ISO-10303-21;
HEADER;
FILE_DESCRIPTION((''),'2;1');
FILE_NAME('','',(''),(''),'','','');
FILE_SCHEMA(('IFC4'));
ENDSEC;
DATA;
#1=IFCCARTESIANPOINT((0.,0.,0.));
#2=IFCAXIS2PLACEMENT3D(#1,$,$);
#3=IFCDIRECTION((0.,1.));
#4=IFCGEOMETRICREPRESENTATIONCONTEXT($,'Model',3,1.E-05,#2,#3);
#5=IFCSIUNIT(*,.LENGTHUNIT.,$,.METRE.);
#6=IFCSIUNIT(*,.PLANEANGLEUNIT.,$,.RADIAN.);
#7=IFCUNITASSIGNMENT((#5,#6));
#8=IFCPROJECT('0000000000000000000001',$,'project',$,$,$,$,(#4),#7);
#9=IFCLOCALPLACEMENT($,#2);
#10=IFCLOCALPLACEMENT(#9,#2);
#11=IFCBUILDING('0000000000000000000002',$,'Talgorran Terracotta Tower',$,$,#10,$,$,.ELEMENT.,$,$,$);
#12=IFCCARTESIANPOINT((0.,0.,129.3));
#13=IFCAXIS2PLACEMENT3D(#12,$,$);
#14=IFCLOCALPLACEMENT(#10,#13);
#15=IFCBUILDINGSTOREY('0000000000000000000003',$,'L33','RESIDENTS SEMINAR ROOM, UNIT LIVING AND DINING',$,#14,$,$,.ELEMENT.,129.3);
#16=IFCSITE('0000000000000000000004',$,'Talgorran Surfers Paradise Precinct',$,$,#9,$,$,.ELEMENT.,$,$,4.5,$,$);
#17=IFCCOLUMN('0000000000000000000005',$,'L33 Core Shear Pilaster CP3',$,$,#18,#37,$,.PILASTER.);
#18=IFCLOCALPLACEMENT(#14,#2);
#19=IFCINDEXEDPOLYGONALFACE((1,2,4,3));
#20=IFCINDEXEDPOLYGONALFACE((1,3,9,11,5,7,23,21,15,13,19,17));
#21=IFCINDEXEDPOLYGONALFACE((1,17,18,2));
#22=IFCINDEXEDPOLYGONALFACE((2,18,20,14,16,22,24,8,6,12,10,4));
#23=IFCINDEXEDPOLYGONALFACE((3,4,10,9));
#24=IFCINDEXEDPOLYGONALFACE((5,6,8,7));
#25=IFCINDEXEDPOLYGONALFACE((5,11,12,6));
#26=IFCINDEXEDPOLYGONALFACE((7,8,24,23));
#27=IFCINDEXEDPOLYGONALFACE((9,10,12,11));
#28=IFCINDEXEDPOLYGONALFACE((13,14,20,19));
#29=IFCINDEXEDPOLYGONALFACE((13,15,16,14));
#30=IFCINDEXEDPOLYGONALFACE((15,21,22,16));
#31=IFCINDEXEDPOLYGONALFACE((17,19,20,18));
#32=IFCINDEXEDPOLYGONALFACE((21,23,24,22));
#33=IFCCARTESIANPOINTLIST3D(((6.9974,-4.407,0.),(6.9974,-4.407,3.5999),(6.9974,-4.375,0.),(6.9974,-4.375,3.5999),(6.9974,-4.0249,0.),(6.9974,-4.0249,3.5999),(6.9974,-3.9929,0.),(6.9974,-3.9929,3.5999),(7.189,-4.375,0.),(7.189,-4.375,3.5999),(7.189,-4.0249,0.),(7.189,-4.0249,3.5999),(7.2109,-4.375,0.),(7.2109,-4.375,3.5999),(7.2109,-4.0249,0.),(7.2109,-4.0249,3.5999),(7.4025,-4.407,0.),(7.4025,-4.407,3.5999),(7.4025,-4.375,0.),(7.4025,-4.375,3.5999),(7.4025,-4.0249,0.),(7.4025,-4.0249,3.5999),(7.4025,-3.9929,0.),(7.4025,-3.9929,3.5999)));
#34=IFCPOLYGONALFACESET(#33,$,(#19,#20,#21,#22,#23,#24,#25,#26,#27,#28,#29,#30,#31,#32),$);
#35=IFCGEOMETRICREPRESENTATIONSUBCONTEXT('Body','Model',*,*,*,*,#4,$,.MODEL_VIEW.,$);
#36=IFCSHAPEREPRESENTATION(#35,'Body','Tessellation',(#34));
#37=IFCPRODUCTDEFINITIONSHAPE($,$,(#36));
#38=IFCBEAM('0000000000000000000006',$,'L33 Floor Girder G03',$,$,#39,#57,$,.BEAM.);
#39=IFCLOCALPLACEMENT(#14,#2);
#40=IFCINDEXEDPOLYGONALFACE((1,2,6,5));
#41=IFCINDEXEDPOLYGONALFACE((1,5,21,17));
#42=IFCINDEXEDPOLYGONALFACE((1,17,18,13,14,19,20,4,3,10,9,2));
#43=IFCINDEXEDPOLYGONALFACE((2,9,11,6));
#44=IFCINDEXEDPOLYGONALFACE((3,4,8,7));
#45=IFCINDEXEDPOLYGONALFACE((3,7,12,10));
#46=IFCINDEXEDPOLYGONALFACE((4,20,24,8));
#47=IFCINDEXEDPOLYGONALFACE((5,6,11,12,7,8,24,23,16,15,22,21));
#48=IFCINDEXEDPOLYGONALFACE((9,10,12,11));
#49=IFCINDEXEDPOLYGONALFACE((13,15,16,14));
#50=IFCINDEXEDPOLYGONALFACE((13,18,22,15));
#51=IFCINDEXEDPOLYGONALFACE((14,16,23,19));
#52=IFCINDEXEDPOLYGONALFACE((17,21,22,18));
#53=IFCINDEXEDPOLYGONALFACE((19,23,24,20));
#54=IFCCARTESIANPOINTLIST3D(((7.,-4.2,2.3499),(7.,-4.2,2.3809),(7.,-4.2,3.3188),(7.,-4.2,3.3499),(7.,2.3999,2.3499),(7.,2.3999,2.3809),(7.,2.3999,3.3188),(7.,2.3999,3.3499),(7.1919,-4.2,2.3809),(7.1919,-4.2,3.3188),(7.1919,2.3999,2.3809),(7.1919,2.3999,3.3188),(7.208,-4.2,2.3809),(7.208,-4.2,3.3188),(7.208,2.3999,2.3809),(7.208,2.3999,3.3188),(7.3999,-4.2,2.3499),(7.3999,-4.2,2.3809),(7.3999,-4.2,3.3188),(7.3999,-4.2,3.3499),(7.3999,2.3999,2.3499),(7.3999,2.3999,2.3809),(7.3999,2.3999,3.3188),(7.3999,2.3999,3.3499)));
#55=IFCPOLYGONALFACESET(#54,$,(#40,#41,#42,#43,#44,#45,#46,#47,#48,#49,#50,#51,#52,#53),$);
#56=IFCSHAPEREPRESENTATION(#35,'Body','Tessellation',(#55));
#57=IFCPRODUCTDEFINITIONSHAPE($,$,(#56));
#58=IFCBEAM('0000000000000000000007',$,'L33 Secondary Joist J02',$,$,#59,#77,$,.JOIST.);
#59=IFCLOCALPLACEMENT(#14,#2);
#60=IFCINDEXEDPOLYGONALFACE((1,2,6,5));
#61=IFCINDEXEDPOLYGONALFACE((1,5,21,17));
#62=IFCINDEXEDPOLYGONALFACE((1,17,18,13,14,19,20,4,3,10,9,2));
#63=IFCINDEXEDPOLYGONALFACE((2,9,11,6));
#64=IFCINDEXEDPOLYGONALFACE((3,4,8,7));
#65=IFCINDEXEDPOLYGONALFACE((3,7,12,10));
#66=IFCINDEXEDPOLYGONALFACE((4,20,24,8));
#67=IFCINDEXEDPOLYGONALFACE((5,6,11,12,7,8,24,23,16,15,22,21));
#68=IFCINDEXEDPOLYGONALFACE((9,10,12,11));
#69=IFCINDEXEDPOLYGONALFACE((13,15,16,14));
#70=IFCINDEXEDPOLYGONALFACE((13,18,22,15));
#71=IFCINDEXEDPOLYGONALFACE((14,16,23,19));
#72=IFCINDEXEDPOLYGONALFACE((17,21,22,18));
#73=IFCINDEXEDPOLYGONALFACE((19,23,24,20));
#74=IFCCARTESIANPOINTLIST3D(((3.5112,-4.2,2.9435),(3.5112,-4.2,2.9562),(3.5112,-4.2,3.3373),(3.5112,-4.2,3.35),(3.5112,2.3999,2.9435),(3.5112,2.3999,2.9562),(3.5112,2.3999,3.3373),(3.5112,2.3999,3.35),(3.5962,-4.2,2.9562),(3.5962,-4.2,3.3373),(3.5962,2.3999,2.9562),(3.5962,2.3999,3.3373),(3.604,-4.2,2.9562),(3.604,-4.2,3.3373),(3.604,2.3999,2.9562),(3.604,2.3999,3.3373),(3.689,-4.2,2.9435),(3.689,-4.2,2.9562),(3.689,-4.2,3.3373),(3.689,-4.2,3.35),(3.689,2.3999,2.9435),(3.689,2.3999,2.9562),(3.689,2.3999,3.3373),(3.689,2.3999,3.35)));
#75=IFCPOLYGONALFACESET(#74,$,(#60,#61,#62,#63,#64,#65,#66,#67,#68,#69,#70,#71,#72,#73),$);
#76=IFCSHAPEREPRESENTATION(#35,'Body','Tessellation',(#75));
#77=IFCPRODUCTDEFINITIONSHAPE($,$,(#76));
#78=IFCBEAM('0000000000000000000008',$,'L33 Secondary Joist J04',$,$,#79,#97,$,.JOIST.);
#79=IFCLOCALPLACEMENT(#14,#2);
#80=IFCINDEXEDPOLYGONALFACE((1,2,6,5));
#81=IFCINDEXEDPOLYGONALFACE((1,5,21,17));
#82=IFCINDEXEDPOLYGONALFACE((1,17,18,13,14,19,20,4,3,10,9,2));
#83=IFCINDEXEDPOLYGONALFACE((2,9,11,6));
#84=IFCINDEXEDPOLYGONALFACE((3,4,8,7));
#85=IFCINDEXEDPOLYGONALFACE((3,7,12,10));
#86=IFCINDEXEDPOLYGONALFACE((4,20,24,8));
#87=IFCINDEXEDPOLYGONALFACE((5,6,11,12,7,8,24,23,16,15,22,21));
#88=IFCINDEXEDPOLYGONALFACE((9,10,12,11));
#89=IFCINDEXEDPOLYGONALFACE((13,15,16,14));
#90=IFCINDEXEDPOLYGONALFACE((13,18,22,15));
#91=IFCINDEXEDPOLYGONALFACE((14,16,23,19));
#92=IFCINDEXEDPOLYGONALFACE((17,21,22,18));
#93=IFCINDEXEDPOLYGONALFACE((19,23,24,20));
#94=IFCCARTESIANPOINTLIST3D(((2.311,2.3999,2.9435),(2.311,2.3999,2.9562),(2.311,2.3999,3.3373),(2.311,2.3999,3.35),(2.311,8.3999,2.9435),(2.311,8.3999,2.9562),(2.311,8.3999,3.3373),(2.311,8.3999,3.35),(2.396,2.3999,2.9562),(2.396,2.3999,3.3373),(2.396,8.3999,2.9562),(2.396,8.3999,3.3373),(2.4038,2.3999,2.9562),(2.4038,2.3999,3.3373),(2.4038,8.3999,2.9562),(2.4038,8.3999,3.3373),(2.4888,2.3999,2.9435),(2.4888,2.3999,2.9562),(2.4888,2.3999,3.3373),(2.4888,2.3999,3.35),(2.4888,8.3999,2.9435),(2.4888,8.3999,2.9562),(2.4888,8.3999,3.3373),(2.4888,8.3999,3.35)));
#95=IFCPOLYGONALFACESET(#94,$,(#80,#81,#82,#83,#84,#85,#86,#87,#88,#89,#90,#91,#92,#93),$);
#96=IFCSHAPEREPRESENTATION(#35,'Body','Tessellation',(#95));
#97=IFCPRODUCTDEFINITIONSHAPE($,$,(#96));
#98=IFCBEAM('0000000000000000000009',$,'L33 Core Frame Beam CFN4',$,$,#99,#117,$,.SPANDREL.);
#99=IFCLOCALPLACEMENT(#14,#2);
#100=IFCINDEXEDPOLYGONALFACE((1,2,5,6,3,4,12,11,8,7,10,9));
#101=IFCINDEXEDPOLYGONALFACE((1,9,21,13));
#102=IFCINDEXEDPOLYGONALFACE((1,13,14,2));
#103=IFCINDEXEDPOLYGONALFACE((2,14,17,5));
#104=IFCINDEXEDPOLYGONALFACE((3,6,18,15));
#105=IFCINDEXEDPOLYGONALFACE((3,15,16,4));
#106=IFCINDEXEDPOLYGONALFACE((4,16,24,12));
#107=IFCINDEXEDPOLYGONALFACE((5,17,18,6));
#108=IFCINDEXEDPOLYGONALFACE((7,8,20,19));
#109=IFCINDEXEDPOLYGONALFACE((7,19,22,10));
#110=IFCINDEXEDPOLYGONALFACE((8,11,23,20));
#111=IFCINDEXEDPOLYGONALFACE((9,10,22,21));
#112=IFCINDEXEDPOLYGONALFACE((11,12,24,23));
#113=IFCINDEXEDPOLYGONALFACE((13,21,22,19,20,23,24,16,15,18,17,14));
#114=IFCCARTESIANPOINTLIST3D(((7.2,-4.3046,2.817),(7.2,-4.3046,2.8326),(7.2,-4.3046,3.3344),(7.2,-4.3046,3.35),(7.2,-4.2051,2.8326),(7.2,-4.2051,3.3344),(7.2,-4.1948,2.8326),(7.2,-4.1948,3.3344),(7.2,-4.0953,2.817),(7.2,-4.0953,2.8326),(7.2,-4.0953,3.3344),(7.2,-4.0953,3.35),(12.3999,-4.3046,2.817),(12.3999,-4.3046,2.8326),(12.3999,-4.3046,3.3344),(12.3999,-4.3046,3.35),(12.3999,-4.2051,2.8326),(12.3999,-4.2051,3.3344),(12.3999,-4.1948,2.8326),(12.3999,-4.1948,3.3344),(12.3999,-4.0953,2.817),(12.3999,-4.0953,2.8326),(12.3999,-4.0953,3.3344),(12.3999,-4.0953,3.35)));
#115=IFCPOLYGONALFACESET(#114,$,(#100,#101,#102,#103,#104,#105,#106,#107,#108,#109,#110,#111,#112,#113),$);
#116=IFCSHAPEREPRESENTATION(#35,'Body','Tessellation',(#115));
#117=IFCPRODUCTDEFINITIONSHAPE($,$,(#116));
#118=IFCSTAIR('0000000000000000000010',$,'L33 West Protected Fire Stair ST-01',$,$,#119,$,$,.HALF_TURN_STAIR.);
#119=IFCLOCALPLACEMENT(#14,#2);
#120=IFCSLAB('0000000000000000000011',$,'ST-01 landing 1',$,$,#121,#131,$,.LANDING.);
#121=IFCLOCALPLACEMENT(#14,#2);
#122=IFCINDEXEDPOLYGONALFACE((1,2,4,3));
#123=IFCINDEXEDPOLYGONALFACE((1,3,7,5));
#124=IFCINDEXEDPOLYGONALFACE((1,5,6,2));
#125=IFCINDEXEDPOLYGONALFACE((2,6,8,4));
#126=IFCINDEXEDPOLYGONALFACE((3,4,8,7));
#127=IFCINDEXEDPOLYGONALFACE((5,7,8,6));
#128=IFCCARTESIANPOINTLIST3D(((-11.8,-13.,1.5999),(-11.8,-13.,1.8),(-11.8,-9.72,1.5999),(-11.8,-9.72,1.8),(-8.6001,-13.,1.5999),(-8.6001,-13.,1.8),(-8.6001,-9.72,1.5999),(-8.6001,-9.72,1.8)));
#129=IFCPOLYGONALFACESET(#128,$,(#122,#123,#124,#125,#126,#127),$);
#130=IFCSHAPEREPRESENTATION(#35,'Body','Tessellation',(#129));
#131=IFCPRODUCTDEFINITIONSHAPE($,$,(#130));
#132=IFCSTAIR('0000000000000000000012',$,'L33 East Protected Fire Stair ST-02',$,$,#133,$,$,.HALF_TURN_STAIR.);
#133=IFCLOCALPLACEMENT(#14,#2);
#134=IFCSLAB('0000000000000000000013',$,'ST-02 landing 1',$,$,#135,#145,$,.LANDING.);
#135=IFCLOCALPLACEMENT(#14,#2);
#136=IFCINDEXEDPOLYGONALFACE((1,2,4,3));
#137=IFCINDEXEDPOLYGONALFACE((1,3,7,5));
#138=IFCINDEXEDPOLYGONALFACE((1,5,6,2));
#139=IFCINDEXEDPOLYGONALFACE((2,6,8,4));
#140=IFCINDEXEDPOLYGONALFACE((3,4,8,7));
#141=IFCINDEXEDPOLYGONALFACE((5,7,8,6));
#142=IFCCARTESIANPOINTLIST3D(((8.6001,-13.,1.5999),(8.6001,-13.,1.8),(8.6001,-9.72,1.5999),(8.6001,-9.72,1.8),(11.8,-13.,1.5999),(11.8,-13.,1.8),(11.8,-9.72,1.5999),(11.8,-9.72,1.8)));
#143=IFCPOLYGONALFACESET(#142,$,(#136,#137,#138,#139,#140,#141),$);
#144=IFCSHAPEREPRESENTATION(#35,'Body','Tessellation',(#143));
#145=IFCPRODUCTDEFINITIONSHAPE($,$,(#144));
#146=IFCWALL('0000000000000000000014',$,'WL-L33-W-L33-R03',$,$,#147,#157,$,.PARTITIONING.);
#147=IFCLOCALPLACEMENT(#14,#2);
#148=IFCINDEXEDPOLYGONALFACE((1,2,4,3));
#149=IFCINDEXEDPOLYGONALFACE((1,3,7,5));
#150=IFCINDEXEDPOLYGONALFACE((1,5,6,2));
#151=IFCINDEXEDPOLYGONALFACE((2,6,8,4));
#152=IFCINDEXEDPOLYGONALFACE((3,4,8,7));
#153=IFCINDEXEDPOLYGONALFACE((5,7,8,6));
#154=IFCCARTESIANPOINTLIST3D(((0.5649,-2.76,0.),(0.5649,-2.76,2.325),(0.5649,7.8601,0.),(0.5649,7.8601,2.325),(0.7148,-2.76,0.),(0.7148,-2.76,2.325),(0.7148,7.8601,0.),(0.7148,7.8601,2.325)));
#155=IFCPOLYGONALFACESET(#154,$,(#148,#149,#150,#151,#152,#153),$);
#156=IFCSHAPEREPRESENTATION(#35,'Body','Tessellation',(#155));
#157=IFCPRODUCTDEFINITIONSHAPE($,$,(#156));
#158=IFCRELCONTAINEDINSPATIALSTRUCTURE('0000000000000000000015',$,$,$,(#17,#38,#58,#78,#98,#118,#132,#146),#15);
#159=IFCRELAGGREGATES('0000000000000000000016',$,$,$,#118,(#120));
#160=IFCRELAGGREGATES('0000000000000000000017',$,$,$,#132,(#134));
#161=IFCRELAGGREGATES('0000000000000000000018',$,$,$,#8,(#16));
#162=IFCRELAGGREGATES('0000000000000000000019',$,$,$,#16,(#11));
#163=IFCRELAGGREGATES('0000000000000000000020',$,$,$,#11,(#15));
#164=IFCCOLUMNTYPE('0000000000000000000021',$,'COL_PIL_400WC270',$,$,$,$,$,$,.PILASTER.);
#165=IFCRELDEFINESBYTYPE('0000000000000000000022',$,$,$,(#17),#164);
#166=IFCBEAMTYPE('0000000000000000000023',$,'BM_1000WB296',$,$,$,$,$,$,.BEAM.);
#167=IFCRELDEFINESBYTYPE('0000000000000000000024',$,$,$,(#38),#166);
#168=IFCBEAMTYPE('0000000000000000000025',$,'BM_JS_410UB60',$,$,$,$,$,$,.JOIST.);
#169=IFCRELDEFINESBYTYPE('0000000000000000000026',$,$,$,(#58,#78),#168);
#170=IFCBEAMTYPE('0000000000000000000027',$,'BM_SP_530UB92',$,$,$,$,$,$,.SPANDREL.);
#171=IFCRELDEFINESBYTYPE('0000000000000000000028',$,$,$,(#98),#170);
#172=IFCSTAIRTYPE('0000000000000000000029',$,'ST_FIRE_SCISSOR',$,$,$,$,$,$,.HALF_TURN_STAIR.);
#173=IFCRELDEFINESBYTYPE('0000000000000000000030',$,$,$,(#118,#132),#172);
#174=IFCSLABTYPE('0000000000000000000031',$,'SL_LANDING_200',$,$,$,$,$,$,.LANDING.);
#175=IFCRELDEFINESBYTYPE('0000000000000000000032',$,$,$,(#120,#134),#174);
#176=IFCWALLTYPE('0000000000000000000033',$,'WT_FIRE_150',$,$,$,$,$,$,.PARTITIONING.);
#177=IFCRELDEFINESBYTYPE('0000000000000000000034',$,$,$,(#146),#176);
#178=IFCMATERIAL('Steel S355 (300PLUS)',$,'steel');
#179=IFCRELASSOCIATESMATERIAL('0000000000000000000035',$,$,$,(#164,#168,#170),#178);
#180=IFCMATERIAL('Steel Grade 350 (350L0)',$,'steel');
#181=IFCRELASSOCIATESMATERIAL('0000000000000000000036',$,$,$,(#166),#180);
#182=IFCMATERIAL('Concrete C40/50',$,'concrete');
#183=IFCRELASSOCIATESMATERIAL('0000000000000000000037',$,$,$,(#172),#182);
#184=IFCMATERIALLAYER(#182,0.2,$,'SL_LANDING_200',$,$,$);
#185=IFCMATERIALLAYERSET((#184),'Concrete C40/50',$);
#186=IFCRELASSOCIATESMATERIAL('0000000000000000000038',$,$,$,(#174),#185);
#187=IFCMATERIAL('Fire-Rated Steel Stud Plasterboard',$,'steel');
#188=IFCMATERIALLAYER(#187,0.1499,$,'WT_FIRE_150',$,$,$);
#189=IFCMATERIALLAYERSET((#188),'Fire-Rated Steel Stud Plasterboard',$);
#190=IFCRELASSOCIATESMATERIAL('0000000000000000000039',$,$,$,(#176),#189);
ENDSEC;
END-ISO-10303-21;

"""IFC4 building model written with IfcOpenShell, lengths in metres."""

from ifc_helpers import new_model, si_unit, direction, frame, frame_2d, origin, origin_2d, place, context, subcontext, project, spatial, polyline, rectangle, i_section, outline, extrude, material, layer, layer_set, material_profile, profile_set, type_object, element, aggregate, save


model = new_model("IFC4")

# Units and contexts
model_context = context("Model", 3, precision=1e-05, world=origin(), true_north=direction((0.0, 1.0)))
body_context = subcontext(model_context, "Body", "Model", "MODEL_VIEW")
ifc_project = project(units=[si_unit("LENGTHUNIT", "METRE"), si_unit("PLANEANGLEUNIT", "RADIAN")], contexts=[model_context])

# Site, building, storey
site_placement = place(None, origin())
site = spatial("IfcSite", under=ifc_project, at=site_placement, Name="Talgorran Surfers Paradise Precinct", CompositionType="ELEMENT", RefElevation=4.5)
building_placement = place(site_placement, origin())
building = spatial("IfcBuilding", under=site, at=building_placement, Name="Talgorran Terracotta Tower", CompositionType="ELEMENT")
storey_placement = place(building_placement, frame((0.0, 0.0, 129.3)))
storey = spatial("IfcBuildingStorey", under=building, at=storey_placement, Name="L33", Description="RESIDENTS SEMINAR ROOM, UNIT LIVING AND DINING", CompositionType="ELEMENT", Elevation=129.3)

# Column
ifc_material_1 = material(Name="Steel S355 (300PLUS)", Category="steel")
ifc_material_profile_1 = material_profile(ifc_material_1, i_section(OverallWidth=0.405, OverallDepth=0.4141, WebThickness=0.022, FlangeThickness=0.032, at=origin_2d()), Name="400WC270")
ifc_profile_set_1 = profile_set([ifc_material_profile_1], Name="Steel S355 (300PLUS)")
column_type = type_object("IfcColumnType", Name="COL_PIL_400WC270", PredefinedType="PILASTER", material=ifc_profile_set_1)
column_placement = place(storey_placement, frame((7.2, -4.2, 0.0), z_axis=(0.0, 0.0, 1.0), x_axis=(1.0, 0.0, 0.0)))
element("IfcColumn", 1, at=column_placement, inside=storey, type_object=column_type, Name="L33 Core Shear Pilaster CP3", PredefinedType="PILASTER", context=body_context, shape_type="SweptSolid", body=[
    extrude(i_section(OverallWidth=0.405, OverallDepth=0.4141, WebThickness=0.022, FlangeThickness=0.032, at=origin_2d()), origin(), (0.0, 0.0, 1.0), 3.5999),
])

# Beams
ifc_material_2 = material(Name="Steel Grade 350 (350L0)", Category="steel")
ifc_material_profile_2 = material_profile(ifc_material_2, i_section(OverallWidth=0.3999, OverallDepth=1.0, WebThickness=0.0161, FlangeThickness=0.031, at=origin_2d()), Name="1000WB296")
ifc_profile_set_2 = profile_set([ifc_material_profile_2], Name="Steel Grade 350 (350L0)")
beam_type_1 = type_object("IfcBeamType", Name="BM_1000WB296", PredefinedType="BEAM", material=ifc_profile_set_2)
beam_1_placement = place(storey_placement, frame((7.2, -4.2, 2.8499), z_axis=(0.0, 1.0, 0.0), x_axis=(-1.0, 0.0, 0.0)))
element("IfcBeam", 2, at=beam_1_placement, inside=storey, type_object=beam_type_1, Name="L33 Floor Girder G03", PredefinedType="BEAM", context=body_context, shape_type="SweptSolid", body=[
    extrude(i_section(OverallWidth=0.3999, OverallDepth=1.0, WebThickness=0.0161, FlangeThickness=0.031, at=origin_2d()), origin(), (0.0, 0.0, 1.0), 6.5999),
])
ifc_material_profile_3 = material_profile(ifc_material_1, i_section(OverallWidth=0.1777, OverallDepth=0.4065, WebThickness=0.0078, FlangeThickness=0.0127, at=origin_2d()), Name="410UB59.7")
ifc_profile_set_3 = profile_set([ifc_material_profile_3], Name="Steel S355 (300PLUS)")
beam_type_2 = type_object("IfcBeamType", Name="BM_JS_410UB60", PredefinedType="JOIST", material=ifc_profile_set_3)
beam_2_placement = place(storey_placement, frame((3.6001, -4.2, 3.1467), z_axis=(0.0, 1.0, 0.0), x_axis=(-1.0, 0.0, 0.0)))
element("IfcBeam", 3, at=beam_2_placement, inside=storey, type_object=beam_type_2, Name="L33 Secondary Joist J02", PredefinedType="JOIST", context=body_context, shape_type="SweptSolid", body=[
    extrude(i_section(OverallWidth=0.1777, OverallDepth=0.4065, WebThickness=0.0078, FlangeThickness=0.0127, at=origin_2d()), origin(), (0.0, 0.0, 1.0), 6.5999),
])
beam_3_placement = place(storey_placement, frame((2.3999, 2.3999, 3.1467), z_axis=(0.0, 1.0, 0.0), x_axis=(-1.0, 0.0, 0.0)))
element("IfcBeam", 4, at=beam_3_placement, inside=storey, type_object=beam_type_2, Name="L33 Secondary Joist J04", PredefinedType="JOIST", context=body_context, shape_type="SweptSolid", body=[
    extrude(i_section(OverallWidth=0.1777, OverallDepth=0.4065, WebThickness=0.0078, FlangeThickness=0.0127, at=origin_2d()), origin(), (0.0, 0.0, 1.0), 6.0),
])
ifc_material_profile_4 = material_profile(ifc_material_1, i_section(OverallWidth=0.2092, OverallDepth=0.533, WebThickness=0.0103, FlangeThickness=0.0156, at=origin_2d()), Name="530UB92.4")
ifc_profile_set_4 = profile_set([ifc_material_profile_4], Name="Steel S355 (300PLUS)")
beam_type_3 = type_object("IfcBeamType", Name="BM_SP_530UB92", PredefinedType="SPANDREL", material=ifc_profile_set_4)
beam_4_placement = place(storey_placement, frame((7.2, -4.2, 3.0835), z_axis=(1.0, 0.0, 0.0), x_axis=(0.0, 1.0, 0.0)))
element("IfcBeam", 5, at=beam_4_placement, inside=storey, type_object=beam_type_3, Name="L33 Core Frame Beam CFN4", PredefinedType="SPANDREL", context=body_context, shape_type="SweptSolid", body=[
    extrude(i_section(OverallWidth=0.2092, OverallDepth=0.533, WebThickness=0.0103, FlangeThickness=0.0156, at=origin_2d()), origin(), (0.0, 0.0, 1.0), 5.2),
])

# Stairs, slabs
ifc_material_3 = material(Name="Concrete C40/50", Category="concrete")
stair_type = type_object("IfcStairType", Name="ST_FIRE_SCISSOR", PredefinedType="HALF_TURN_STAIR", material=ifc_material_3)
stair_1_placement = place(storey_placement, origin())
stair_1 = element("IfcStair", 6, at=stair_1_placement, inside=storey, type_object=stair_type, Name="L33 West Protected Fire Stair ST-01", PredefinedType="HALF_TURN_STAIR")
ifc_layer_1 = layer(ifc_material_3, 0.2, Name="SL_LANDING_200")
ifc_layer_set_1 = layer_set([ifc_layer_1], Name="Concrete C40/50")
slab_type = type_object("IfcSlabType", Name="SL_LANDING_200", PredefinedType="LANDING", material=ifc_layer_set_1)
slab_1_placement = place(storey_placement, frame((0.0, 0.0, 1.5999)))
slab_1 = element("IfcSlab", 7, at=slab_1_placement, type_object=slab_type, Name="ST-01 landing 1", PredefinedType="LANDING", context=body_context, shape_type="SweptSolid", body=[
    extrude(outline(polyline([(-11.8, -9.72), (-11.8, -13.0), (-8.6001, -13.0), (-8.6001, -9.72), (-11.8, -9.72)])), origin(), (0.0, 0.0, 1.0), 0.2002),
])
aggregate(stair_1, [slab_1])
stair_2_placement = place(storey_placement, origin())
stair_2 = element("IfcStair", 8, at=stair_2_placement, inside=storey, type_object=stair_type, Name="L33 East Protected Fire Stair ST-02", PredefinedType="HALF_TURN_STAIR")
slab_2_placement = place(storey_placement, frame((0.0, 0.0, 1.5999)))
slab_2 = element("IfcSlab", 9, at=slab_2_placement, type_object=slab_type, Name="ST-02 landing 1", PredefinedType="LANDING", context=body_context, shape_type="SweptSolid", body=[
    extrude(outline(polyline([(8.6001, -9.72), (8.6001, -13.0), (11.8, -13.0), (11.8, -9.72), (8.6001, -9.72)])), origin(), (0.0, 0.0, 1.0), 0.2002),
])
aggregate(stair_2, [slab_2])

# Wall
ifc_material_4 = material(Name="Fire-Rated Steel Stud Plasterboard", Category="steel")
ifc_layer_2 = layer(ifc_material_4, 0.1499, Name="WT_FIRE_150")
ifc_layer_set_2 = layer_set([ifc_layer_2], Name="Fire-Rated Steel Stud Plasterboard")
wall_type_1 = type_object("IfcWallType", Name="WT_FIRE_150", PredefinedType="PARTITIONING", material=ifc_layer_set_2)
wall_1_placement = place(storey_placement, frame((0.6399, -2.76, 0.0), z_axis=(0.0, 0.0, 1.0), x_axis=(0.0, 1.0, 0.0)))
element("IfcWall", 10, at=wall_1_placement, inside=storey, type_object=wall_type_1, Name="WL-L33-W-L33-R03", PredefinedType="PARTITIONING", context=body_context, shape_type="SweptSolid", body=[
    extrude(rectangle(XDim=10.6201, YDim=0.1499, at=frame_2d((5.3101, 0.0))), origin(), (0.0, 0.0, 1.0), 2.325),
])

save(model, "model.ifc")
